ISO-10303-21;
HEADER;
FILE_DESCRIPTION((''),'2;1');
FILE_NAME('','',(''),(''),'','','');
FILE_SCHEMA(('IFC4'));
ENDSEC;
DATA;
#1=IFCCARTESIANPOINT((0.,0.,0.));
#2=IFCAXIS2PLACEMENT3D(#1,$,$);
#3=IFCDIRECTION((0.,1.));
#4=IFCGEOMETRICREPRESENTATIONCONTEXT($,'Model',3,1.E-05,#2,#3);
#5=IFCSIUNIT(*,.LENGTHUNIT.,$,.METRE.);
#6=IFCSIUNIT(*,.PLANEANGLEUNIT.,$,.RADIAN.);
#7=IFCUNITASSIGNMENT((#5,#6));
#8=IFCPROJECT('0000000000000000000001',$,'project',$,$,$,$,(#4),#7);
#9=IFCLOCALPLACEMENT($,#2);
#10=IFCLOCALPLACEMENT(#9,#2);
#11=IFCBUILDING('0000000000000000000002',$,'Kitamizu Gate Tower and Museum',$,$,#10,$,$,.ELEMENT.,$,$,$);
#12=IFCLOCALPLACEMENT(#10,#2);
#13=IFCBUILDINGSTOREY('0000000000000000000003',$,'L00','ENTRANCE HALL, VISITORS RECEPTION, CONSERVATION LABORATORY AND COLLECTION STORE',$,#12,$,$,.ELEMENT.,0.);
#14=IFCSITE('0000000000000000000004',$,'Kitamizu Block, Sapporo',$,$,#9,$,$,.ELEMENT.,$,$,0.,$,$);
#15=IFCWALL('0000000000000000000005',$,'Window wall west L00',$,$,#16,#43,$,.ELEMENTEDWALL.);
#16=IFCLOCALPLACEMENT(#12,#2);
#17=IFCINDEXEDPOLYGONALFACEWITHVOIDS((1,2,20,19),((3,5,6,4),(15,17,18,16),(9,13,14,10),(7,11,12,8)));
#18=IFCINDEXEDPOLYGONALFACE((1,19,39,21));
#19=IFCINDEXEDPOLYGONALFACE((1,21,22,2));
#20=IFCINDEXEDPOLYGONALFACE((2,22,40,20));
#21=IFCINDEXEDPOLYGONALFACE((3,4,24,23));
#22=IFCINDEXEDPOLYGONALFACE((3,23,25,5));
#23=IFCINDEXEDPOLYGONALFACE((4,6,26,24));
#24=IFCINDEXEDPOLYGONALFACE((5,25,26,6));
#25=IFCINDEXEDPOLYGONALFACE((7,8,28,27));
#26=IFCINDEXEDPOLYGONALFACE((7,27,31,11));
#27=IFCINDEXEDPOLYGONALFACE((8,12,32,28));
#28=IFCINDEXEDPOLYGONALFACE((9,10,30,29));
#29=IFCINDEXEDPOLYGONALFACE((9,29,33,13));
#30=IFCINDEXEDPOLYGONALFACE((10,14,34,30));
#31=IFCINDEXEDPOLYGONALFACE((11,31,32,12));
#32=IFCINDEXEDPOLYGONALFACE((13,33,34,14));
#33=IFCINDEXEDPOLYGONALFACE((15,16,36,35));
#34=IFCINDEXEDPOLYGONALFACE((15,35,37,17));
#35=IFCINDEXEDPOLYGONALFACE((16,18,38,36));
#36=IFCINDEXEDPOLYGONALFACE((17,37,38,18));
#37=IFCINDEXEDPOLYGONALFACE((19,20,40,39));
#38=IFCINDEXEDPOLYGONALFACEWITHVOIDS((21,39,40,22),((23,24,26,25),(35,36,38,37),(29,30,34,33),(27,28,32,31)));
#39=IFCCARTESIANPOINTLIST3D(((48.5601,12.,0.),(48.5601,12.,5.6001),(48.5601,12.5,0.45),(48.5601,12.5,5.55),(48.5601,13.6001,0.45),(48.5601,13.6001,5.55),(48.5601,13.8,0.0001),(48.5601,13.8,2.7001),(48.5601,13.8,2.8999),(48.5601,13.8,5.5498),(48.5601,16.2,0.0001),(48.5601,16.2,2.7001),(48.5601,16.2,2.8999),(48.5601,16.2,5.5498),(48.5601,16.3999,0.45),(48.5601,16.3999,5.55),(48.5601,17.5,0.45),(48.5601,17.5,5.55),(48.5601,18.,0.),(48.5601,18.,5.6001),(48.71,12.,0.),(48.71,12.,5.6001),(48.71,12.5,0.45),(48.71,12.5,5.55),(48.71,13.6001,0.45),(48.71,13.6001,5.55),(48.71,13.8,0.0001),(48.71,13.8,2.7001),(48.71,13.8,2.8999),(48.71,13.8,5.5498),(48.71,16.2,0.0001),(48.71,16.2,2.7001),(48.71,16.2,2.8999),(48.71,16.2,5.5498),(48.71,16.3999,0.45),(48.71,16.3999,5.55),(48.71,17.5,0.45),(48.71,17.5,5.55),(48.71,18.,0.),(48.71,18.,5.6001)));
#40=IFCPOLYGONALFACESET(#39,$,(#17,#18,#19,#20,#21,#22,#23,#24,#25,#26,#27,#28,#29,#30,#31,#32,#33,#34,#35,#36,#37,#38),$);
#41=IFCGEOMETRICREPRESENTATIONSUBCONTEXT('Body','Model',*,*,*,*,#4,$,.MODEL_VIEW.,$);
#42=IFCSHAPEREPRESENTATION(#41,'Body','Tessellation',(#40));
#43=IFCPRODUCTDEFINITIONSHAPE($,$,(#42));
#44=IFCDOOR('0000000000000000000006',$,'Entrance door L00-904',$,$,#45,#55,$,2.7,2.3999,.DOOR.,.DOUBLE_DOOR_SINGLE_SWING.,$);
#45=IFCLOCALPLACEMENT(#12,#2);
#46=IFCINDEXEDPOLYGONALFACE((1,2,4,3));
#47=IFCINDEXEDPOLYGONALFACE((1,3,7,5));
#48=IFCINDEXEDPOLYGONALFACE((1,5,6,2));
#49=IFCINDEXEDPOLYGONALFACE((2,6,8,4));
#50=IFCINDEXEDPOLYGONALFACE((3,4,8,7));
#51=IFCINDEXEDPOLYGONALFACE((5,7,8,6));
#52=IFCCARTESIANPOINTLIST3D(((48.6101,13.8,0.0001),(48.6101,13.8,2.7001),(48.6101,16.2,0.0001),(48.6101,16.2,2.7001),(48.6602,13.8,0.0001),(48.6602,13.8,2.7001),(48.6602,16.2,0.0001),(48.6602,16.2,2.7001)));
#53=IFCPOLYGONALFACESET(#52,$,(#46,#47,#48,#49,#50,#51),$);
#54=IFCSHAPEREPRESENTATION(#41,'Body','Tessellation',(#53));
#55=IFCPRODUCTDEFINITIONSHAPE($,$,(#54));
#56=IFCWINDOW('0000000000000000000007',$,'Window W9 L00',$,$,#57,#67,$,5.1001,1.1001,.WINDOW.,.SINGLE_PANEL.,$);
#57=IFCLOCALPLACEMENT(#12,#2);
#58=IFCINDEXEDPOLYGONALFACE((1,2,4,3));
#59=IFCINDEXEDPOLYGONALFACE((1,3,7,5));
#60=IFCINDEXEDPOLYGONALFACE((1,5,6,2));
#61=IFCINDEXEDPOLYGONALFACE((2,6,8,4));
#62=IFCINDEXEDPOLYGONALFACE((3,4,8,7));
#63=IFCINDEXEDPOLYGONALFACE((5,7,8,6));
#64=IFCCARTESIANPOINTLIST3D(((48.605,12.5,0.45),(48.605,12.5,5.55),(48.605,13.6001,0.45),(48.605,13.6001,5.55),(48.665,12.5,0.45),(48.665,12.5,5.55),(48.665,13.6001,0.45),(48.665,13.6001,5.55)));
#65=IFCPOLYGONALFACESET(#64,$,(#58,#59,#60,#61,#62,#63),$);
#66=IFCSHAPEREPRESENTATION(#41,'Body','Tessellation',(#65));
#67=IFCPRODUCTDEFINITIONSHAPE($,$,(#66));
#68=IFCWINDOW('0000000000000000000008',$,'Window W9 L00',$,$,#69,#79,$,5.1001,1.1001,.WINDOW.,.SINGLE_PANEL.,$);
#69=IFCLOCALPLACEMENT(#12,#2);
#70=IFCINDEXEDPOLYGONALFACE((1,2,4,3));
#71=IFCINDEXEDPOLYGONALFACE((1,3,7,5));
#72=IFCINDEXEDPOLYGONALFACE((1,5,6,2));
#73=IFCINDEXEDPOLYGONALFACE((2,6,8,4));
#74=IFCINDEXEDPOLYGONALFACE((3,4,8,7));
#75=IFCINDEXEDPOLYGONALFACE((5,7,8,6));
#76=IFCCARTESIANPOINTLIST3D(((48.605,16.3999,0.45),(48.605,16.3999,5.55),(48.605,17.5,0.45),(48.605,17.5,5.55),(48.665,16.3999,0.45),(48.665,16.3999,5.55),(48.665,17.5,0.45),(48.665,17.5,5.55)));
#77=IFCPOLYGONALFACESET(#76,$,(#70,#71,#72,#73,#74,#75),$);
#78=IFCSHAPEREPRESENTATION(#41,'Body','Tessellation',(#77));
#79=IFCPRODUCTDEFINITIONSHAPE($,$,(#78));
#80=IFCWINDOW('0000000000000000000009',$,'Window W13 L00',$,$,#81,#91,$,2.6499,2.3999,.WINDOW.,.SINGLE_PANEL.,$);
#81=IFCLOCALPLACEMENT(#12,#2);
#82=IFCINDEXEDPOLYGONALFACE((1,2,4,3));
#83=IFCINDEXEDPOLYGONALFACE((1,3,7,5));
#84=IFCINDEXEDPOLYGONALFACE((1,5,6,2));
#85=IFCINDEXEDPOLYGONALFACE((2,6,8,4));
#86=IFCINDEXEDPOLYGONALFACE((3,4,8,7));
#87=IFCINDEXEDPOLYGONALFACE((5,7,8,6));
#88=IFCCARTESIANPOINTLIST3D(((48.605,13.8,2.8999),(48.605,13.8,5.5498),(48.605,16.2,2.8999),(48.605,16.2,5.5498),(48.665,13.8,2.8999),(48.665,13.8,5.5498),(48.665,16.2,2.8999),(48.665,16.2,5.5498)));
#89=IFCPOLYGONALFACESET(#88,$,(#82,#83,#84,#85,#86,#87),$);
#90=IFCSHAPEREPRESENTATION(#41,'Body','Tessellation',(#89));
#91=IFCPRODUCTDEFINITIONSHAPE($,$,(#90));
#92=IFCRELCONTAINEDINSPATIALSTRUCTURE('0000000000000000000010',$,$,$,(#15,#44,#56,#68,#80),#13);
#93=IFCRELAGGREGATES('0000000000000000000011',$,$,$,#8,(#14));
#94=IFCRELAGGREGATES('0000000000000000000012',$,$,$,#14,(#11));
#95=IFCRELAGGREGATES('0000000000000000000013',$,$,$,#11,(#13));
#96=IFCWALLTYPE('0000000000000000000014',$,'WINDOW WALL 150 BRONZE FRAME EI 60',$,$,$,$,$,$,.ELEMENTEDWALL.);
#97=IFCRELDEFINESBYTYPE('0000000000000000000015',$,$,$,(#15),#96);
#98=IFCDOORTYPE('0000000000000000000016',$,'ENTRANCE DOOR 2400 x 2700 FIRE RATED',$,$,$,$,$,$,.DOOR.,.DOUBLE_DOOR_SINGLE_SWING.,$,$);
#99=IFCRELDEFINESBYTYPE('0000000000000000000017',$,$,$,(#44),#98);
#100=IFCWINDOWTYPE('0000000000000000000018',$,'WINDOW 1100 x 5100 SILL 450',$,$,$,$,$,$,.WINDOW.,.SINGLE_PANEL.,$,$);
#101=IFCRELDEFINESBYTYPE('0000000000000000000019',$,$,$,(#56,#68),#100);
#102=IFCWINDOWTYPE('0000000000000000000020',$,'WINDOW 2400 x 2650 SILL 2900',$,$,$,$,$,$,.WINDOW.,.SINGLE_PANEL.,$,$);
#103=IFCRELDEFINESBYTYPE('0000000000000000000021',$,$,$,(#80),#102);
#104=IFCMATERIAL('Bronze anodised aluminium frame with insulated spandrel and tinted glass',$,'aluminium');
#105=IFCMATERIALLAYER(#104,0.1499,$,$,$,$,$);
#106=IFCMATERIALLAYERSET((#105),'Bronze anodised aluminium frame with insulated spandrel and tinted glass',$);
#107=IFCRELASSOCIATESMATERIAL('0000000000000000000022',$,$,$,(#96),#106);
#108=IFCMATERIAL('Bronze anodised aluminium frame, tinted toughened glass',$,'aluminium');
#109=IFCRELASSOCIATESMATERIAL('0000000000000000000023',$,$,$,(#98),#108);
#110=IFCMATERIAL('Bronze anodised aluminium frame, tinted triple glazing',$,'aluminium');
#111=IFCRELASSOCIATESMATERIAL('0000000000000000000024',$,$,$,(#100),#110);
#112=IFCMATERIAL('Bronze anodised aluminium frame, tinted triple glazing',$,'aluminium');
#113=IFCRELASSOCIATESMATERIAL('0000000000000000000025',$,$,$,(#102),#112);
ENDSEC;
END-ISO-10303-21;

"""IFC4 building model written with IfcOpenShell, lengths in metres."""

from ifc_helpers import new_model, si_unit, direction, frame, frame_2d, origin, place, context, subcontext, project, spatial, rectangle, extrude, material, layer, layer_set, type_object, element, fill, save


model = new_model("IFC4")

# Units and contexts
model_context = context("Model", 3, precision=1e-05, world=origin(), true_north=direction((0.0, 1.0)))
body_context = subcontext(model_context, "Body", "Model", "MODEL_VIEW")
ifc_project = project(units=[si_unit("LENGTHUNIT", "METRE"), si_unit("PLANEANGLEUNIT", "RADIAN")], contexts=[model_context])

# Site, building, storey
site_placement = place(None, origin())
site = spatial("IfcSite", under=ifc_project, at=site_placement, Name="Kitamizu Block, Sapporo", CompositionType="ELEMENT", RefElevation=0.0)
building_placement = place(site_placement, origin())
building = spatial("IfcBuilding", under=site, at=building_placement, Name="Kitamizu Gate Tower and Museum", CompositionType="ELEMENT")
storey_placement = place(building_placement, origin())
storey = spatial("IfcBuildingStorey", under=building, at=storey_placement, Name="L00", Description="ENTRANCE HALL, VISITORS RECEPTION, CONSERVATION LABORATORY AND COLLECTION STORE", CompositionType="ELEMENT", Elevation=0.0)

# Wall, openings, door, windows
ifc_material_1 = material(Name="Bronze anodised aluminium frame with insulated spandrel and tinted glass", Category="aluminium")
ifc_layer_1 = layer(ifc_material_1, 0.1499)
ifc_layer_set_1 = layer_set([ifc_layer_1], Name="Bronze anodised aluminium frame with insulated spandrel and tinted glass")
wall_type = type_object("IfcWallType", Name="WINDOW WALL 150 BRONZE FRAME EI 60", PredefinedType="ELEMENTEDWALL", material=ifc_layer_set_1)
wall_placement = place(storey_placement, frame((48.635, 12.0, 0.0), z_axis=(0.0, 0.0, 1.0), x_axis=(0.0, 1.0, 0.0)))
wall = element("IfcWall", 1, at=wall_placement, inside=storey, type_object=wall_type, Name="Window wall west L00", PredefinedType="ELEMENTEDWALL", context=body_context, shape_type="SweptSolid", body=[
    extrude(rectangle(XDim=6.0, YDim=0.1499, at=frame_2d((3.0, 0.0))), origin(), (0.0, 0.0, 1.0), 5.6001),
])
opening_1_placement = place(wall_placement, frame((0.5, 0.0, 0.45)))
opening_1 = element("IfcOpeningElement", 2, at=opening_1_placement, cuts=wall, PredefinedType="OPENING", context=body_context, shape_type="SweptSolid", body=[
    extrude(rectangle(XDim=1.1001, YDim=5.1001, at=frame_2d((0.55, 2.55))), frame((0.0, 0.085, 0.0), z_axis=(0.0, -1.0, 0.0), x_axis=(1.0, 0.0, 0.0)), (0.0, 0.0, 1.0), 0.1699),
])
opening_2_placement = place(wall_placement, frame((4.3999, 0.0, 0.45)))
opening_2 = element("IfcOpeningElement", 3, at=opening_2_placement, cuts=wall, PredefinedType="OPENING", context=body_context, shape_type="SweptSolid", body=[
    extrude(rectangle(XDim=1.1001, YDim=5.1001, at=frame_2d((0.55, 2.55))), frame((0.0, 0.085, 0.0), z_axis=(0.0, -1.0, 0.0), x_axis=(1.0, 0.0, 0.0)), (0.0, 0.0, 1.0), 0.1699),
])
opening_3_placement = place(wall_placement, frame((1.8, 0.0, 0.0)))
opening_3 = element("IfcOpeningElement", 4, at=opening_3_placement, cuts=wall, PredefinedType="OPENING", context=body_context, shape_type="SweptSolid", body=[
    extrude(rectangle(XDim=2.3999, YDim=2.7, at=frame_2d((1.2, 1.3501))), frame((0.0, 0.085, 0.0), z_axis=(0.0, -1.0, 0.0), x_axis=(1.0, 0.0, 0.0)), (0.0, 0.0, 1.0), 0.1699),
])
opening_4_placement = place(wall_placement, frame((1.8, 0.0, 2.8999)))
opening_4 = element("IfcOpeningElement", 5, at=opening_4_placement, cuts=wall, PredefinedType="OPENING", context=body_context, shape_type="SweptSolid", body=[
    extrude(rectangle(XDim=2.3999, YDim=2.6499, at=frame_2d((1.2, 1.325))), frame((0.0, 0.085, 0.0), z_axis=(0.0, -1.0, 0.0), x_axis=(1.0, 0.0, 0.0)), (0.0, 0.0, 1.0), 0.1699),
])
ifc_material_2 = material(Name="Bronze anodised aluminium frame, tinted toughened glass", Category="aluminium")
door_type = type_object("IfcDoorType", Name="ENTRANCE DOOR 2400 x 2700 FIRE RATED", OperationType="DOUBLE_DOOR_SINGLE_SWING", PredefinedType="DOOR", material=ifc_material_2)
door_placement = place(opening_3_placement, origin())
door = element("IfcDoor", 6, at=door_placement, inside=storey, type_object=door_type, Name="Entrance door L00-904", OperationType="DOUBLE_DOOR_SINGLE_SWING", OverallHeight=2.7, OverallWidth=2.3999, PredefinedType="DOOR", context=body_context, shape_type="SweptSolid", body=[
    extrude(rectangle(XDim=2.3999, YDim=2.7, at=frame_2d((1.2, 1.3501))), frame((0.0, 0.0249, 0.0), z_axis=(0.0, -1.0, 0.0), x_axis=(1.0, 0.0, 0.0)), (0.0, 0.0, 1.0), 0.05),
])
fill(opening_3, door)
ifc_material_3 = material(Name="Bronze anodised aluminium frame, tinted triple glazing", Category="aluminium")
window_type_1 = type_object("IfcWindowType", Name="WINDOW 1100 x 5100 SILL 450", PartitioningType="SINGLE_PANEL", PredefinedType="WINDOW", material=ifc_material_3)
window_1_placement = place(opening_1_placement, origin())
window_1 = element("IfcWindow", 7, at=window_1_placement, inside=storey, type_object=window_type_1, Name="Window W9 L00", OverallHeight=5.1001, OverallWidth=1.1001, PartitioningType="SINGLE_PANEL", PredefinedType="WINDOW", context=body_context, shape_type="SweptSolid", body=[
    extrude(rectangle(XDim=1.1001, YDim=5.1001, at=frame_2d((0.55, 2.55))), frame((0.0, 0.03, 0.0), z_axis=(0.0, -1.0, 0.0), x_axis=(1.0, 0.0, 0.0)), (0.0, 0.0, 1.0), 0.0601),
])
fill(opening_1, window_1)
window_2_placement = place(opening_2_placement, origin())
window_2 = element("IfcWindow", 8, at=window_2_placement, inside=storey, type_object=window_type_1, Name="Window W9 L00", OverallHeight=5.1001, OverallWidth=1.1001, PartitioningType="SINGLE_PANEL", PredefinedType="WINDOW", context=body_context, shape_type="SweptSolid", body=[
    extrude(rectangle(XDim=1.1001, YDim=5.1001, at=frame_2d((0.55, 2.55))), frame((0.0, 0.03, 0.0), z_axis=(0.0, -1.0, 0.0), x_axis=(1.0, 0.0, 0.0)), (0.0, 0.0, 1.0), 0.0601),
])
fill(opening_2, window_2)
ifc_material_4 = material(Name="Bronze anodised aluminium frame, tinted triple glazing", Category="aluminium")
window_type_2 = type_object("IfcWindowType", Name="WINDOW 2400 x 2650 SILL 2900", PartitioningType="SINGLE_PANEL", PredefinedType="WINDOW", material=ifc_material_4)
window_3_placement = place(opening_4_placement, origin())
window_3 = element("IfcWindow", 9, at=window_3_placement, inside=storey, type_object=window_type_2, Name="Window W13 L00", OverallHeight=2.6499, OverallWidth=2.3999, PartitioningType="SINGLE_PANEL", PredefinedType="WINDOW", context=body_context, shape_type="SweptSolid", body=[
    extrude(rectangle(XDim=2.3999, YDim=2.6499, at=frame_2d((1.2, 1.325))), frame((0.0, 0.03, 0.0), z_axis=(0.0, -1.0, 0.0), x_axis=(1.0, 0.0, 0.0)), (0.0, 0.0, 1.0), 0.0601),
])
fill(opening_4, window_3)

save(model, "model.ifc")
